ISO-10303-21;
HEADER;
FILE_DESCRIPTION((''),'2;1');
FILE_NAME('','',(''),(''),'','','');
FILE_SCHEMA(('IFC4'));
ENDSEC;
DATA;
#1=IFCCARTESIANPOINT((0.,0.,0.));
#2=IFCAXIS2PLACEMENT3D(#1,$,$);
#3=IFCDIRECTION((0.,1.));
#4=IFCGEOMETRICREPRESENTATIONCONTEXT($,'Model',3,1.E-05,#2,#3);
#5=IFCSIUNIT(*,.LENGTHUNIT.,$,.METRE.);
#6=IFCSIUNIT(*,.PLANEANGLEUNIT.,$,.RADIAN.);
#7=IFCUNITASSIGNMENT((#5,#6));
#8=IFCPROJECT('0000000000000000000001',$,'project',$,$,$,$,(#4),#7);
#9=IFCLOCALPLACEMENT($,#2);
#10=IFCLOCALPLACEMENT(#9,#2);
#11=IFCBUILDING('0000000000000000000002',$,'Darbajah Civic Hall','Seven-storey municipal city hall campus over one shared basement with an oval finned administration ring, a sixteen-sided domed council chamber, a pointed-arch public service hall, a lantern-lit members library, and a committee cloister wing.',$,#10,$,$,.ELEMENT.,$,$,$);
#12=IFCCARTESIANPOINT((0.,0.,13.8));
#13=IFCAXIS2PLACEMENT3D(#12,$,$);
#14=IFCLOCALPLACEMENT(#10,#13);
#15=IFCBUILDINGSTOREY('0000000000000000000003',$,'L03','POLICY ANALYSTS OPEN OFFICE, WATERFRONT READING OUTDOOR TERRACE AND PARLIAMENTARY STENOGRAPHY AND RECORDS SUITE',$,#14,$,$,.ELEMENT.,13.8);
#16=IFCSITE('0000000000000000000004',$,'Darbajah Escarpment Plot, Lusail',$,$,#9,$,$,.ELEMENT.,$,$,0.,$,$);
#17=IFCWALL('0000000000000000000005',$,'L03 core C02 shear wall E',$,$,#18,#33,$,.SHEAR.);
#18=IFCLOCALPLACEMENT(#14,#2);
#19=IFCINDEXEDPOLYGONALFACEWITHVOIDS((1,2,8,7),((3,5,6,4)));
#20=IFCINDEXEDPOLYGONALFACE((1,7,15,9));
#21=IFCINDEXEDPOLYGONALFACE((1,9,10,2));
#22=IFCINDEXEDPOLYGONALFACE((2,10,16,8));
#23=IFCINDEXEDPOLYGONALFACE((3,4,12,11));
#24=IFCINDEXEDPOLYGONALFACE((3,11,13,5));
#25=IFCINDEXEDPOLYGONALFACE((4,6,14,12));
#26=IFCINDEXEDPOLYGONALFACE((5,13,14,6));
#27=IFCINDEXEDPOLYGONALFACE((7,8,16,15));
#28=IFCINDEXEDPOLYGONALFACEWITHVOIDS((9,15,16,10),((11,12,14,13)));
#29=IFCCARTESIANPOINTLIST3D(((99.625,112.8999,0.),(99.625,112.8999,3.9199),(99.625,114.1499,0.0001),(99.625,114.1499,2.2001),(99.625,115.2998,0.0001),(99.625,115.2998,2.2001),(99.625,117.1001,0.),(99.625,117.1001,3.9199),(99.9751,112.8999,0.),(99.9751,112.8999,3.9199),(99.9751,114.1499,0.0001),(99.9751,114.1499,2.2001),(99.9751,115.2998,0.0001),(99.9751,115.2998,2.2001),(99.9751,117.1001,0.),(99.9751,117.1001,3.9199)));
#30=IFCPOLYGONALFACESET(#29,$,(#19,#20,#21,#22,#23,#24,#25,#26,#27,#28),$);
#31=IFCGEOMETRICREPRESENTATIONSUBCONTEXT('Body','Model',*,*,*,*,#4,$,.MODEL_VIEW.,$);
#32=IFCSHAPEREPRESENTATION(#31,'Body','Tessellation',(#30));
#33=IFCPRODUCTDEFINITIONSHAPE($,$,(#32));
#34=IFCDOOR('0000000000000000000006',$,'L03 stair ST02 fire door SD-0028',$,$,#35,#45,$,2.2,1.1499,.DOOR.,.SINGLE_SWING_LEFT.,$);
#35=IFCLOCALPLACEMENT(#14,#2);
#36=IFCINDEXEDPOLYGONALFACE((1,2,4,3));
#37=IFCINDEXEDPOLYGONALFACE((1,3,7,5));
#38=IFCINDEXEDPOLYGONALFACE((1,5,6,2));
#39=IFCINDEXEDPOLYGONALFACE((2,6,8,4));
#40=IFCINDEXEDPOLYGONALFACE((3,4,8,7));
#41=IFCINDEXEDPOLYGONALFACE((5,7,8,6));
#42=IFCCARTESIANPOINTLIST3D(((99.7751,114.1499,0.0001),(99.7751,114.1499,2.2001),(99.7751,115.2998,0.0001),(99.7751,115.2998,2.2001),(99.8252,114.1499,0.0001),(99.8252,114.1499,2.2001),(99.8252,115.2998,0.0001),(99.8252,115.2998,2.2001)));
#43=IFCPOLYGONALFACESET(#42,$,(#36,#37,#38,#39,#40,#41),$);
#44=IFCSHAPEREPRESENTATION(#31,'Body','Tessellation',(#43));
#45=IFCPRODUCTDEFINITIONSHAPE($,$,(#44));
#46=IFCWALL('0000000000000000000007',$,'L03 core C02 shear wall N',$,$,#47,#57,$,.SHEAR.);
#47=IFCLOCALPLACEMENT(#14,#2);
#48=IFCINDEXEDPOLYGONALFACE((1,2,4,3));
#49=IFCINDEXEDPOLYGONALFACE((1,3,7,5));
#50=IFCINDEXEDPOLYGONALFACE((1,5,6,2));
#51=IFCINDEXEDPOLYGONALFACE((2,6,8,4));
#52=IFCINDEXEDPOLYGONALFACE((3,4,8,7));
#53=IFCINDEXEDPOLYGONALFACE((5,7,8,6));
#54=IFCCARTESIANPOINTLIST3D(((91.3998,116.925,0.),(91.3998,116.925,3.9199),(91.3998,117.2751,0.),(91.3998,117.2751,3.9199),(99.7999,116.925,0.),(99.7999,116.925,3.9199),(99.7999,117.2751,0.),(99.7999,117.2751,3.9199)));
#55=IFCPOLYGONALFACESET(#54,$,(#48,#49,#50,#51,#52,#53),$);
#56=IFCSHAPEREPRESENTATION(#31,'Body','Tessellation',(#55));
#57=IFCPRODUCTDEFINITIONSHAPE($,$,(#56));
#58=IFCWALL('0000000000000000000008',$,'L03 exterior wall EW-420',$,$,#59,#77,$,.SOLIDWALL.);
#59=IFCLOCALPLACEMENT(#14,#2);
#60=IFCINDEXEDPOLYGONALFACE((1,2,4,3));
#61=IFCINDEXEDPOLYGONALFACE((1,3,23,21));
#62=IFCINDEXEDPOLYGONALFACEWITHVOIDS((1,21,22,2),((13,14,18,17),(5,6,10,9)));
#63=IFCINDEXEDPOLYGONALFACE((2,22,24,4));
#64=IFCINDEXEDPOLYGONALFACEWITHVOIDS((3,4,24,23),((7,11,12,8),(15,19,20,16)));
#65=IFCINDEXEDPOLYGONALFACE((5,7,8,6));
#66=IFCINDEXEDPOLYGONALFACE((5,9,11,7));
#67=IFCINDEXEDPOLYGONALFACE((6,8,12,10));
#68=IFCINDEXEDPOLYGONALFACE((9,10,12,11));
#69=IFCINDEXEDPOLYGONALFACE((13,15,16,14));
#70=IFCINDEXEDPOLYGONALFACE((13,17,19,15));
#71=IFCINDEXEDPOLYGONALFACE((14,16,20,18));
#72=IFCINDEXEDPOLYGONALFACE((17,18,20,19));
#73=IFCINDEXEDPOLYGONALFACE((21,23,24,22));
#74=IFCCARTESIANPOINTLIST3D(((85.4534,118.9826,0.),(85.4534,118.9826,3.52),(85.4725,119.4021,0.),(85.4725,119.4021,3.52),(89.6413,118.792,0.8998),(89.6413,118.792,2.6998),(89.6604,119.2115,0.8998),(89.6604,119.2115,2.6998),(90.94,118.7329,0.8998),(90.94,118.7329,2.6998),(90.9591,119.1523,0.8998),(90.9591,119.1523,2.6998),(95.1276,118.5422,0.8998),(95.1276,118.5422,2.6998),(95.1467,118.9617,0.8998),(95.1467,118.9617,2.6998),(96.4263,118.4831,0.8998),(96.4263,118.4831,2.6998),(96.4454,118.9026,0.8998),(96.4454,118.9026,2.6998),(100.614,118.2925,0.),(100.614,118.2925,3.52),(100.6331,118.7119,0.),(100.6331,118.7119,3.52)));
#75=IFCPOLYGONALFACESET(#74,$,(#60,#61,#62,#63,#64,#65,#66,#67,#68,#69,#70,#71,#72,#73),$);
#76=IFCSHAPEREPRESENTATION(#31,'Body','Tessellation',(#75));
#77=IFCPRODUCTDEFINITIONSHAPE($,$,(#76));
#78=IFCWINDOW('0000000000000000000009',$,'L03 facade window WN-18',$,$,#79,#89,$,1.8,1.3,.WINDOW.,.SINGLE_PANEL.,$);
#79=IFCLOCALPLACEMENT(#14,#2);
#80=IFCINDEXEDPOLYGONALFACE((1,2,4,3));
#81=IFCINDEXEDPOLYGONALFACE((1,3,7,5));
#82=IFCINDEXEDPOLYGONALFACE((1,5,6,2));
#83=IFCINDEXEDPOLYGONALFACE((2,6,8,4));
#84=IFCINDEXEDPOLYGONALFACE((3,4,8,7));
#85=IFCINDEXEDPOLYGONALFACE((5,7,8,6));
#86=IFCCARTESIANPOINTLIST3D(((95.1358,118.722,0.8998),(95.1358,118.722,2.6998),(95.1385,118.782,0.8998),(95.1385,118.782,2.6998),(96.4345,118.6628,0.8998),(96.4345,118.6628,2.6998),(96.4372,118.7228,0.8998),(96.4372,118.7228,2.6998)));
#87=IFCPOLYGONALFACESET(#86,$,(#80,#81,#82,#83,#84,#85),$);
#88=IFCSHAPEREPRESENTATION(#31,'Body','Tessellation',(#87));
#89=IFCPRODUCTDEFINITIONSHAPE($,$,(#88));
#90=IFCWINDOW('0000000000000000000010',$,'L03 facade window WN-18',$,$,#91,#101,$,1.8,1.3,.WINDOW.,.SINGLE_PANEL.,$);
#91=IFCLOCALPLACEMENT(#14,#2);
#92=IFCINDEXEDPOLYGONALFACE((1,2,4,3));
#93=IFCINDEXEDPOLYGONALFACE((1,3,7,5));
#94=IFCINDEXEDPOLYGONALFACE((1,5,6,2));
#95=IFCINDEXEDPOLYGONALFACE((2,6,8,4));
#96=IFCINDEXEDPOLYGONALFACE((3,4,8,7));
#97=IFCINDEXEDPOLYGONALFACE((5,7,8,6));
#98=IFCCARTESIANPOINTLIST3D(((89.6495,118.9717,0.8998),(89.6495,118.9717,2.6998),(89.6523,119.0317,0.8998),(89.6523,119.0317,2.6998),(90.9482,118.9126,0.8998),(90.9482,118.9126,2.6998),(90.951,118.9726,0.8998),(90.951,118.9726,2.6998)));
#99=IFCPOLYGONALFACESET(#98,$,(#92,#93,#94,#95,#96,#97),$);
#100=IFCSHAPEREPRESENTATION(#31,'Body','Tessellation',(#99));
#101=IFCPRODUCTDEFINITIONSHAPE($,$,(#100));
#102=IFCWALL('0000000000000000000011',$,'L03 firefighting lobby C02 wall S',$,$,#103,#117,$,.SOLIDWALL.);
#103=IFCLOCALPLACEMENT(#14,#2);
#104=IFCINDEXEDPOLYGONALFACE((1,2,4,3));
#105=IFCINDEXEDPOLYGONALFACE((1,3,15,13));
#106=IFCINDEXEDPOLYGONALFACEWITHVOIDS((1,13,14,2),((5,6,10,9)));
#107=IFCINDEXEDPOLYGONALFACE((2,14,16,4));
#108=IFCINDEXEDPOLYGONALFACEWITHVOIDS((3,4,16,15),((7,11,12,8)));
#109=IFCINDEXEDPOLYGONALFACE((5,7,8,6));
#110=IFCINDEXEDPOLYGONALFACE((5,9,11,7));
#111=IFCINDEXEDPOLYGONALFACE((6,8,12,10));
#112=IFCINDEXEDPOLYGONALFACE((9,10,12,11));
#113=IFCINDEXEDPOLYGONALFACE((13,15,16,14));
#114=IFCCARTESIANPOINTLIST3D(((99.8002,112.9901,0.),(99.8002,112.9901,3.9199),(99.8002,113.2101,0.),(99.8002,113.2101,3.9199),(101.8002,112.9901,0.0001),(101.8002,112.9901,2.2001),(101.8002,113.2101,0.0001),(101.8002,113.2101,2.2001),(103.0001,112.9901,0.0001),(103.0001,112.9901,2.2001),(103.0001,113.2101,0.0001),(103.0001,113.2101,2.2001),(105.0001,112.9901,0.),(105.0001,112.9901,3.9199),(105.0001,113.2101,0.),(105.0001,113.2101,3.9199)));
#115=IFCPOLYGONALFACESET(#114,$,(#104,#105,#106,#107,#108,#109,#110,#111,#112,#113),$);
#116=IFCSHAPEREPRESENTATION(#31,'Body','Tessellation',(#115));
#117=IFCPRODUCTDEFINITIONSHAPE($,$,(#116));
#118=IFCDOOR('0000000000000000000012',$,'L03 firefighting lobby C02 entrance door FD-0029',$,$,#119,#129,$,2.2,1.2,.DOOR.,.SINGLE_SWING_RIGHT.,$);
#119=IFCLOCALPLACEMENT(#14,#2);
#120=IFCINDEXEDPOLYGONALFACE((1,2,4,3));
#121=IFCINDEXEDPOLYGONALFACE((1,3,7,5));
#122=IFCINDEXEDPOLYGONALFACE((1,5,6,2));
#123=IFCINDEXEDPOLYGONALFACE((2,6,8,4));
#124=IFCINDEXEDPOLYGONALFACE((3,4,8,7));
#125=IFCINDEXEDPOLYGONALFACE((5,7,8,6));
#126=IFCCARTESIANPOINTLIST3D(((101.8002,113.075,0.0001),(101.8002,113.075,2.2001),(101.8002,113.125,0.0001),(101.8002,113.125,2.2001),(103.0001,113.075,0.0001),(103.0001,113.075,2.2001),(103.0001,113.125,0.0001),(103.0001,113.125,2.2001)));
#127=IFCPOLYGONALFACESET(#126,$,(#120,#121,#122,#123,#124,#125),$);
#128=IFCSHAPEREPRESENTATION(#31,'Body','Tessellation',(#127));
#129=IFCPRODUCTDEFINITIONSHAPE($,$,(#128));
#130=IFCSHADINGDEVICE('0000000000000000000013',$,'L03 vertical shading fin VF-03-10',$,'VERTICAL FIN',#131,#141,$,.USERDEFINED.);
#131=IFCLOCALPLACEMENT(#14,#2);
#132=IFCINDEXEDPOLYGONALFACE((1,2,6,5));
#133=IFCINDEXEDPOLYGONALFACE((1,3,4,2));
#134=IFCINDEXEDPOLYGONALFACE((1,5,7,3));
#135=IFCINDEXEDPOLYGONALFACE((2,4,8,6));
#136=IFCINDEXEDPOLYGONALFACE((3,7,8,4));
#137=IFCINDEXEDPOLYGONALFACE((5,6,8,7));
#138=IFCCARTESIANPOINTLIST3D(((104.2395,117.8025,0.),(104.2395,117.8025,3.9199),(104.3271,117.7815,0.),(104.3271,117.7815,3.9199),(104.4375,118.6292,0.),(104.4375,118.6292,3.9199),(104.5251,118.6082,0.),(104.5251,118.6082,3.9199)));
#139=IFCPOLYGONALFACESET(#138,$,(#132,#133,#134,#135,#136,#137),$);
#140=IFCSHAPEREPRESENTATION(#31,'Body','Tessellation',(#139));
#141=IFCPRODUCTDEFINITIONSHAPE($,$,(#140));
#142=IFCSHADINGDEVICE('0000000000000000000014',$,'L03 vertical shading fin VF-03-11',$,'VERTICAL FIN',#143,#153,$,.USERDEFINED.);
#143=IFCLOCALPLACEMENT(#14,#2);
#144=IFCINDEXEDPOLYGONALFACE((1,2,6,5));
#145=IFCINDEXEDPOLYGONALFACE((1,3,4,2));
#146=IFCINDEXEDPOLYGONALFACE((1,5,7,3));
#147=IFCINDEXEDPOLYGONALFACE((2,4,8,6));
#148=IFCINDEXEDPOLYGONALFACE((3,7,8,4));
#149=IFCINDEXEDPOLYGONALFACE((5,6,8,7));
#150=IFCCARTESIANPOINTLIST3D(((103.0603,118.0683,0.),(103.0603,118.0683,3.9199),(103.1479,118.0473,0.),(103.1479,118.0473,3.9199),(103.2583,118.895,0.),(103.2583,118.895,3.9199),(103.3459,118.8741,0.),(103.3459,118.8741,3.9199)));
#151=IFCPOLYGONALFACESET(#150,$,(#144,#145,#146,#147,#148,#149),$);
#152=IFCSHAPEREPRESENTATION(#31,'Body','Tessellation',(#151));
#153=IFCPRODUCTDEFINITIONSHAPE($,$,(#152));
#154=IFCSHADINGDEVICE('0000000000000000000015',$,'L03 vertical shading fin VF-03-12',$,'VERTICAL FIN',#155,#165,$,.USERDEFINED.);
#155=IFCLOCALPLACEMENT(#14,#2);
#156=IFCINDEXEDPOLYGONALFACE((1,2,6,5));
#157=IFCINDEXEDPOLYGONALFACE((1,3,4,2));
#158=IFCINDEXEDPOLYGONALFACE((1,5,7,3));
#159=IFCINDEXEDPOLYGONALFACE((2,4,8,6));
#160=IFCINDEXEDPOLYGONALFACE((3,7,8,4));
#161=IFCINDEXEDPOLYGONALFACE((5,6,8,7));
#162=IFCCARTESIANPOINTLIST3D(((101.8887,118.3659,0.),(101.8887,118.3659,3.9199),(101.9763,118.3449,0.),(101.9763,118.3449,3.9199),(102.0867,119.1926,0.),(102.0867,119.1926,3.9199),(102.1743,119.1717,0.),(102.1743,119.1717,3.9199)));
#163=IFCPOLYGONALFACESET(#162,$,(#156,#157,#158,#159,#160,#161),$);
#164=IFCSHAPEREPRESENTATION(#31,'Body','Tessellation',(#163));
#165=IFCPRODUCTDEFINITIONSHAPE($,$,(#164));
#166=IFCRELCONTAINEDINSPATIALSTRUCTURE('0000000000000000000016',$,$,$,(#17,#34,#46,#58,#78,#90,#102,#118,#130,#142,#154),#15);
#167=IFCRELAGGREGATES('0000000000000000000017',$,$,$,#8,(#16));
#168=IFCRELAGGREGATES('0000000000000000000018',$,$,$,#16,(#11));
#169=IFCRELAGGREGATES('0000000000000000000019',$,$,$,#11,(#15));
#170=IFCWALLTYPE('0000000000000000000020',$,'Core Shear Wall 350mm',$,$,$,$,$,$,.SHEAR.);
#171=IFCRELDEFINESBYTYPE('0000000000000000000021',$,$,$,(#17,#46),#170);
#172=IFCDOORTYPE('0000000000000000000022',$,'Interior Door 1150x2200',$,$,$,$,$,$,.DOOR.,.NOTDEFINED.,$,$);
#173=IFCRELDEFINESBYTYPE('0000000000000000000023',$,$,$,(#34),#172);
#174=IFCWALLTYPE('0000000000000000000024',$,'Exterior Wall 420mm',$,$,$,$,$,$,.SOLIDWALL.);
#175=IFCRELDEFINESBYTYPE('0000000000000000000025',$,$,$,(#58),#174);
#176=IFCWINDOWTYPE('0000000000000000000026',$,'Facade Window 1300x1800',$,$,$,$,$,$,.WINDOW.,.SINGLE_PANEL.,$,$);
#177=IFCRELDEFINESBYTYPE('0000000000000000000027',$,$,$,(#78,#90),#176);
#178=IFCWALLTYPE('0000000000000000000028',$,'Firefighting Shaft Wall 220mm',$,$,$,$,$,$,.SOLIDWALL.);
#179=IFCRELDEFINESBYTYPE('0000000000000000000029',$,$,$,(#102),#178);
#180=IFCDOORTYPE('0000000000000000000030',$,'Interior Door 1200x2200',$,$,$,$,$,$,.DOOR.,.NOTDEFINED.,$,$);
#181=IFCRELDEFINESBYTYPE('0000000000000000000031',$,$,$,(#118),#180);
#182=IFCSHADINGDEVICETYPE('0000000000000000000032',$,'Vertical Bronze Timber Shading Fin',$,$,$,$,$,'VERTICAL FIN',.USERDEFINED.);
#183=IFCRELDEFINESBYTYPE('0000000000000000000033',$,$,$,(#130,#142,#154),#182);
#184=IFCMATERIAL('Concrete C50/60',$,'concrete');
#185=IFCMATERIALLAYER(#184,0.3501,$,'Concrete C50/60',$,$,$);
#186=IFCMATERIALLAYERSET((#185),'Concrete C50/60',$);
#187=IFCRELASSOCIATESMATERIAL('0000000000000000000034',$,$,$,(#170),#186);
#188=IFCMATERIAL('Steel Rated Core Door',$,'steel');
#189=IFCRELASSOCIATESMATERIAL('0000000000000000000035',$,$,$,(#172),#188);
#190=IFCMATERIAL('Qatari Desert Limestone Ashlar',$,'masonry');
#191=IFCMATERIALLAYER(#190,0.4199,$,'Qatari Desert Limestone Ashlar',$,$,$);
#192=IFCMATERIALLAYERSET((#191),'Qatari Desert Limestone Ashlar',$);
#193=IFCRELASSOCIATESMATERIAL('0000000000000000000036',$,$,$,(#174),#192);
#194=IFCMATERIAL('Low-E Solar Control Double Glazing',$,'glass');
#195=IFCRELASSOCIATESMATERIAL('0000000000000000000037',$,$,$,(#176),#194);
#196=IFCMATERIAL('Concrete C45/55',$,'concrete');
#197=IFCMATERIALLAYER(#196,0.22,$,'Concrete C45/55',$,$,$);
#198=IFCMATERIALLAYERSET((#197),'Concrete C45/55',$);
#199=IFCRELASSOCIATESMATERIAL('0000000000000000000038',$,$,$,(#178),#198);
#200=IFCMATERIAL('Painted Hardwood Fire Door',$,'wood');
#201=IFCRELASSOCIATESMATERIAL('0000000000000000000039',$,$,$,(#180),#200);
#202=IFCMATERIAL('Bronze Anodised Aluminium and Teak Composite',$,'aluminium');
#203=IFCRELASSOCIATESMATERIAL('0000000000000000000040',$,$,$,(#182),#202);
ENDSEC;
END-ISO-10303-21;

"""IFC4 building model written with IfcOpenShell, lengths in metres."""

from ifc_helpers import new_model, si_unit, direction, frame, frame_2d, origin, origin_2d, place, context, subcontext, project, spatial, rectangle, extrude, material, layer, layer_set, type_object, element, fill, save


model = new_model("IFC4")

# Units and contexts
model_context = context("Model", 3, precision=1e-05, world=origin(), true_north=direction((0.0, 1.0)))
body_context = subcontext(model_context, "Body", "Model", "MODEL_VIEW")
ifc_project = project(units=[si_unit("LENGTHUNIT", "METRE"), si_unit("PLANEANGLEUNIT", "RADIAN")], contexts=[model_context])

# Site, building, storey
site_placement = place(None, origin())
site = spatial("IfcSite", under=ifc_project, at=site_placement, Name="Darbajah Escarpment Plot, Lusail", CompositionType="ELEMENT", RefElevation=0.0)
building_placement = place(site_placement, origin())
building = spatial("IfcBuilding", under=site, at=building_placement, Name="Darbajah Civic Hall", Description="Seven-storey municipal city hall campus over one shared basement with an oval finned administration ring, a sixteen-sided domed council chamber, a pointed-arch public service hall, a lantern-lit members library, and a committee cloister wing.", CompositionType="ELEMENT")
storey_placement = place(building_placement, frame((0.0, 0.0, 13.8)))
storey = spatial("IfcBuildingStorey", under=building, at=storey_placement, Name="L03", Description="POLICY ANALYSTS OPEN OFFICE, WATERFRONT READING OUTDOOR TERRACE AND PARLIAMENTARY STENOGRAPHY AND RECORDS SUITE", CompositionType="ELEMENT", Elevation=13.8)

# Shared definitions
ifc_material_1 = material(Name="Concrete C45/55", Category="concrete")

# Shared definitions
ifc_material_2 = material(Name="Low-E Solar Control Double Glazing", Category="glass")

# Wall, opening, door
ifc_material_3 = material(Name="Concrete C50/60", Category="concrete")
ifc_layer_1 = layer(ifc_material_3, 0.3501, Name="Concrete C50/60")
ifc_layer_set_1 = layer_set([ifc_layer_1], Name="Concrete C50/60")
wall_type_1 = type_object("IfcWallType", Name="Core Shear Wall 350mm", PredefinedType="SHEAR", material=ifc_layer_set_1)
wall_1_placement = place(storey_placement, frame((99.8, 112.8999, 0.0), z_axis=(0.0, 0.0, 1.0), x_axis=(0.0, 1.0, 0.0)))
wall_1 = element("IfcWall", 1, at=wall_1_placement, inside=storey, type_object=wall_type_1, Name="L03 core C02 shear wall E", PredefinedType="SHEAR", context=body_context, shape_type="SweptSolid", body=[
    extrude(rectangle(XDim=4.2002, YDim=0.3501, at=frame_2d((2.1001, 0.0))), origin(), (0.0, 0.0, 1.0), 3.9199),
])
opening_1_placement = place(wall_1_placement, frame((1.25, 0.0, 0.0)))
opening_1 = element("IfcOpeningElement", 2, at=opening_1_placement, cuts=wall_1, PredefinedType="OPENING", context=body_context, shape_type="SweptSolid", body=[
    extrude(rectangle(XDim=1.1499, YDim=2.2, at=frame_2d((0.575, 1.1001))), frame((0.0, 0.1851, 0.0), z_axis=(0.0, -1.0, 0.0), x_axis=(1.0, 0.0, 0.0)), (0.0, 0.0, 1.0), 0.3701),
])
ifc_material_4 = material(Name="Steel Rated Core Door", Category="steel")
door_type_1 = type_object("IfcDoorType", Name="Interior Door 1150x2200", OperationType="NOTDEFINED", PredefinedType="DOOR", material=ifc_material_4)
door_1_placement = place(opening_1_placement, origin())
door_1 = element("IfcDoor", 3, at=door_1_placement, inside=storey, type_object=door_type_1, Name="L03 stair ST02 fire door SD-0028", OperationType="SINGLE_SWING_LEFT", OverallHeight=2.2, OverallWidth=1.1499, PredefinedType="DOOR", context=body_context, shape_type="SweptSolid", body=[
    extrude(rectangle(XDim=1.1499, YDim=2.2, at=frame_2d((0.575, 1.1001))), frame((0.0, 0.0249, 0.0), z_axis=(0.0, -1.0, 0.0), x_axis=(1.0, 0.0, 0.0)), (0.0, 0.0, 1.0), 0.05),
])
fill(opening_1, door_1)

# Wall
wall_2_placement = place(storey_placement, frame((99.8, 117.1001, 0.0), z_axis=(0.0, 0.0, 1.0), x_axis=(-1.0, 0.0, 0.0)))
element("IfcWall", 4, at=wall_2_placement, inside=storey, type_object=wall_type_1, Name="L03 core C02 shear wall N", PredefinedType="SHEAR", context=body_context, shape_type="SweptSolid", body=[
    extrude(rectangle(XDim=8.4001, YDim=0.3501, at=frame_2d((4.2002, 0.0))), origin(), (0.0, 0.0, 1.0), 3.9199),
])

# Wall, openings, windows
ifc_material_5 = material(Name="Qatari Desert Limestone Ashlar", Category="masonry")
ifc_layer_2 = layer(ifc_material_5, 0.4199, Name="Qatari Desert Limestone Ashlar")
ifc_layer_set_2 = layer_set([ifc_layer_2], Name="Qatari Desert Limestone Ashlar")
wall_type_2 = type_object("IfcWallType", Name="Exterior Wall 420mm", PredefinedType="SOLIDWALL", material=ifc_layer_set_2)
wall_3_placement = place(storey_placement, frame((100.6235, 118.5022, 0.0), z_axis=(0.0, 0.0, 1.0), x_axis=(-0.998965, 0.045478, 0.0)))
wall_3 = element("IfcWall", 5, at=wall_3_placement, inside=storey, type_object=wall_type_2, Name="L03 exterior wall EW-420", PredefinedType="SOLIDWALL", context=body_context, shape_type="SweptSolid", body=[
    extrude(rectangle(XDim=15.1763, YDim=0.4199, at=frame_2d((7.5881, 0.0))), origin(), (0.0, 0.0, 1.0), 3.52),
])
opening_2_placement = place(wall_3_placement, frame((4.1921, 0.0, 0.8999)))
opening_2 = element("IfcOpeningElement", 6, at=opening_2_placement, cuts=wall_3, PredefinedType="OPENING", context=body_context, shape_type="SweptSolid", body=[
    extrude(rectangle(XDim=1.3, YDim=1.8, at=frame_2d((0.6499, 0.8999))), frame((0.0, 0.22, 0.0), z_axis=(0.0, -1.0, 0.0), x_axis=(1.0, 0.0, 0.0)), (0.0, 0.0, 1.0), 0.4399),
])
opening_3_placement = place(wall_3_placement, frame((9.6841, 0.0, 0.8999)))
opening_3 = element("IfcOpeningElement", 7, at=opening_3_placement, cuts=wall_3, PredefinedType="OPENING", context=body_context, shape_type="SweptSolid", body=[
    extrude(rectangle(XDim=1.3, YDim=1.8, at=frame_2d((0.6499, 0.8999))), frame((0.0, 0.22, 0.0), z_axis=(0.0, -1.0, 0.0), x_axis=(1.0, 0.0, 0.0)), (0.0, 0.0, 1.0), 0.4399),
])
window_type = type_object("IfcWindowType", Name="Facade Window 1300x1800", PartitioningType="SINGLE_PANEL", PredefinedType="WINDOW", material=ifc_material_2)
window_1_placement = place(opening_2_placement, origin())
window_1 = element("IfcWindow", 8, at=window_1_placement, inside=storey, type_object=window_type, Name="L03 facade window WN-18", OverallHeight=1.8, OverallWidth=1.3, PartitioningType="SINGLE_PANEL", PredefinedType="WINDOW", context=body_context, shape_type="SweptSolid", body=[
    extrude(rectangle(XDim=1.3, YDim=1.8, at=frame_2d((0.6499, 0.8999))), frame((0.0, 0.03, 0.0), z_axis=(0.0, -1.0, 0.0), x_axis=(1.0, 0.0, 0.0)), (0.0, 0.0, 1.0), 0.0601),
])
fill(opening_2, window_1)
window_2_placement = place(opening_3_placement, origin())
window_2 = element("IfcWindow", 9, at=window_2_placement, inside=storey, type_object=window_type, Name="L03 facade window WN-18", OverallHeight=1.8, OverallWidth=1.3, PartitioningType="SINGLE_PANEL", PredefinedType="WINDOW", context=body_context, shape_type="SweptSolid", body=[
    extrude(rectangle(XDim=1.3, YDim=1.8, at=frame_2d((0.6499, 0.8999))), frame((0.0, 0.03, 0.0), z_axis=(0.0, -1.0, 0.0), x_axis=(1.0, 0.0, 0.0)), (0.0, 0.0, 1.0), 0.0601),
])
fill(opening_3, window_2)

# Wall, opening, door
ifc_layer_3 = layer(ifc_material_1, 0.22, Name="Concrete C45/55")
ifc_layer_set_3 = layer_set([ifc_layer_3], Name="Concrete C45/55")
wall_type_3 = type_object("IfcWallType", Name="Firefighting Shaft Wall 220mm", PredefinedType="SOLIDWALL", material=ifc_layer_set_3)
wall_4_placement = place(storey_placement, frame((99.8, 113.1001, 0.0), z_axis=(0.0, 0.0, 1.0), x_axis=(1.0, 0.0, 0.0)))
wall_4 = element("IfcWall", 10, at=wall_4_placement, inside=storey, type_object=wall_type_3, Name="L03 firefighting lobby C02 wall S", PredefinedType="SOLIDWALL", context=body_context, shape_type="SweptSolid", body=[
    extrude(rectangle(XDim=5.2, YDim=0.22, at=frame_2d((2.6001, 0.0))), origin(), (0.0, 0.0, 1.0), 3.9199),
])
opening_4_placement = place(wall_4_placement, frame((2.0, 0.0, 0.0)))
opening_4 = element("IfcOpeningElement", 11, at=opening_4_placement, cuts=wall_4, PredefinedType="OPENING", context=body_context, shape_type="SweptSolid", body=[
    extrude(rectangle(XDim=1.2, YDim=2.2, at=frame_2d((0.6001, 1.1001))), frame((0.0, 0.1199, 0.0), z_axis=(0.0, -1.0, 0.0), x_axis=(1.0, 0.0, 0.0)), (0.0, 0.0, 1.0), 0.24),
])
ifc_material_6 = material(Name="Painted Hardwood Fire Door", Category="wood")
door_type_2 = type_object("IfcDoorType", Name="Interior Door 1200x2200", OperationType="NOTDEFINED", PredefinedType="DOOR", material=ifc_material_6)
door_2_placement = place(opening_4_placement, origin())
door_2 = element("IfcDoor", 12, at=door_2_placement, inside=storey, type_object=door_type_2, Name="L03 firefighting lobby C02 entrance door FD-0029", OperationType="SINGLE_SWING_RIGHT", OverallHeight=2.2, OverallWidth=1.2, PredefinedType="DOOR", context=body_context, shape_type="SweptSolid", body=[
    extrude(rectangle(XDim=1.2, YDim=2.2, at=frame_2d((0.6001, 1.1001))), frame((0.0, 0.0249, 0.0), z_axis=(0.0, -1.0, 0.0), x_axis=(1.0, 0.0, 0.0)), (0.0, 0.0, 1.0), 0.05),
])
fill(opening_4, door_2)

# Shading devices
ifc_material_7 = material(Name="Bronze Anodised Aluminium and Teak Composite", Category="aluminium")
shading_device_type = type_object("IfcShadingDeviceType", Name="Vertical Bronze Timber Shading Fin", ElementType="VERTICAL FIN", PredefinedType="USERDEFINED", material=ifc_material_7)
for number, where, z_axis, x_axis, name in (
    (13, (104.3823, 118.2053, 0.0), (0.0, 0.0, 1.0), (0.232936, 0.972492, 0.0), "L03 vertical shading fin VF-03-10"),
    (14, (103.2031, 118.4712, 0.0), (0.0, 0.0, 1.0), (0.232936, 0.972492, 0.0), "L03 vertical shading fin VF-03-11"),
    (15, (102.0315, 118.7688, 0.0), (0.0, 0.0, 1.0), (0.232936, 0.972492, 0.0), "L03 vertical shading fin VF-03-12"),
):
    element("IfcShadingDevice", number, at=place(storey_placement, frame(where, z_axis=z_axis, x_axis=x_axis)), inside=storey, type_object=shading_device_type, Name=name, ObjectType="VERTICAL FIN", PredefinedType="USERDEFINED", context=body_context, shape_type="SweptSolid", body=[
        extrude(rectangle(XDim=0.8501, YDim=0.0901, at=origin_2d()), origin(), (0.0, 0.0, 1.0), 3.9199),
    ])

save(model, "model.ifc")
